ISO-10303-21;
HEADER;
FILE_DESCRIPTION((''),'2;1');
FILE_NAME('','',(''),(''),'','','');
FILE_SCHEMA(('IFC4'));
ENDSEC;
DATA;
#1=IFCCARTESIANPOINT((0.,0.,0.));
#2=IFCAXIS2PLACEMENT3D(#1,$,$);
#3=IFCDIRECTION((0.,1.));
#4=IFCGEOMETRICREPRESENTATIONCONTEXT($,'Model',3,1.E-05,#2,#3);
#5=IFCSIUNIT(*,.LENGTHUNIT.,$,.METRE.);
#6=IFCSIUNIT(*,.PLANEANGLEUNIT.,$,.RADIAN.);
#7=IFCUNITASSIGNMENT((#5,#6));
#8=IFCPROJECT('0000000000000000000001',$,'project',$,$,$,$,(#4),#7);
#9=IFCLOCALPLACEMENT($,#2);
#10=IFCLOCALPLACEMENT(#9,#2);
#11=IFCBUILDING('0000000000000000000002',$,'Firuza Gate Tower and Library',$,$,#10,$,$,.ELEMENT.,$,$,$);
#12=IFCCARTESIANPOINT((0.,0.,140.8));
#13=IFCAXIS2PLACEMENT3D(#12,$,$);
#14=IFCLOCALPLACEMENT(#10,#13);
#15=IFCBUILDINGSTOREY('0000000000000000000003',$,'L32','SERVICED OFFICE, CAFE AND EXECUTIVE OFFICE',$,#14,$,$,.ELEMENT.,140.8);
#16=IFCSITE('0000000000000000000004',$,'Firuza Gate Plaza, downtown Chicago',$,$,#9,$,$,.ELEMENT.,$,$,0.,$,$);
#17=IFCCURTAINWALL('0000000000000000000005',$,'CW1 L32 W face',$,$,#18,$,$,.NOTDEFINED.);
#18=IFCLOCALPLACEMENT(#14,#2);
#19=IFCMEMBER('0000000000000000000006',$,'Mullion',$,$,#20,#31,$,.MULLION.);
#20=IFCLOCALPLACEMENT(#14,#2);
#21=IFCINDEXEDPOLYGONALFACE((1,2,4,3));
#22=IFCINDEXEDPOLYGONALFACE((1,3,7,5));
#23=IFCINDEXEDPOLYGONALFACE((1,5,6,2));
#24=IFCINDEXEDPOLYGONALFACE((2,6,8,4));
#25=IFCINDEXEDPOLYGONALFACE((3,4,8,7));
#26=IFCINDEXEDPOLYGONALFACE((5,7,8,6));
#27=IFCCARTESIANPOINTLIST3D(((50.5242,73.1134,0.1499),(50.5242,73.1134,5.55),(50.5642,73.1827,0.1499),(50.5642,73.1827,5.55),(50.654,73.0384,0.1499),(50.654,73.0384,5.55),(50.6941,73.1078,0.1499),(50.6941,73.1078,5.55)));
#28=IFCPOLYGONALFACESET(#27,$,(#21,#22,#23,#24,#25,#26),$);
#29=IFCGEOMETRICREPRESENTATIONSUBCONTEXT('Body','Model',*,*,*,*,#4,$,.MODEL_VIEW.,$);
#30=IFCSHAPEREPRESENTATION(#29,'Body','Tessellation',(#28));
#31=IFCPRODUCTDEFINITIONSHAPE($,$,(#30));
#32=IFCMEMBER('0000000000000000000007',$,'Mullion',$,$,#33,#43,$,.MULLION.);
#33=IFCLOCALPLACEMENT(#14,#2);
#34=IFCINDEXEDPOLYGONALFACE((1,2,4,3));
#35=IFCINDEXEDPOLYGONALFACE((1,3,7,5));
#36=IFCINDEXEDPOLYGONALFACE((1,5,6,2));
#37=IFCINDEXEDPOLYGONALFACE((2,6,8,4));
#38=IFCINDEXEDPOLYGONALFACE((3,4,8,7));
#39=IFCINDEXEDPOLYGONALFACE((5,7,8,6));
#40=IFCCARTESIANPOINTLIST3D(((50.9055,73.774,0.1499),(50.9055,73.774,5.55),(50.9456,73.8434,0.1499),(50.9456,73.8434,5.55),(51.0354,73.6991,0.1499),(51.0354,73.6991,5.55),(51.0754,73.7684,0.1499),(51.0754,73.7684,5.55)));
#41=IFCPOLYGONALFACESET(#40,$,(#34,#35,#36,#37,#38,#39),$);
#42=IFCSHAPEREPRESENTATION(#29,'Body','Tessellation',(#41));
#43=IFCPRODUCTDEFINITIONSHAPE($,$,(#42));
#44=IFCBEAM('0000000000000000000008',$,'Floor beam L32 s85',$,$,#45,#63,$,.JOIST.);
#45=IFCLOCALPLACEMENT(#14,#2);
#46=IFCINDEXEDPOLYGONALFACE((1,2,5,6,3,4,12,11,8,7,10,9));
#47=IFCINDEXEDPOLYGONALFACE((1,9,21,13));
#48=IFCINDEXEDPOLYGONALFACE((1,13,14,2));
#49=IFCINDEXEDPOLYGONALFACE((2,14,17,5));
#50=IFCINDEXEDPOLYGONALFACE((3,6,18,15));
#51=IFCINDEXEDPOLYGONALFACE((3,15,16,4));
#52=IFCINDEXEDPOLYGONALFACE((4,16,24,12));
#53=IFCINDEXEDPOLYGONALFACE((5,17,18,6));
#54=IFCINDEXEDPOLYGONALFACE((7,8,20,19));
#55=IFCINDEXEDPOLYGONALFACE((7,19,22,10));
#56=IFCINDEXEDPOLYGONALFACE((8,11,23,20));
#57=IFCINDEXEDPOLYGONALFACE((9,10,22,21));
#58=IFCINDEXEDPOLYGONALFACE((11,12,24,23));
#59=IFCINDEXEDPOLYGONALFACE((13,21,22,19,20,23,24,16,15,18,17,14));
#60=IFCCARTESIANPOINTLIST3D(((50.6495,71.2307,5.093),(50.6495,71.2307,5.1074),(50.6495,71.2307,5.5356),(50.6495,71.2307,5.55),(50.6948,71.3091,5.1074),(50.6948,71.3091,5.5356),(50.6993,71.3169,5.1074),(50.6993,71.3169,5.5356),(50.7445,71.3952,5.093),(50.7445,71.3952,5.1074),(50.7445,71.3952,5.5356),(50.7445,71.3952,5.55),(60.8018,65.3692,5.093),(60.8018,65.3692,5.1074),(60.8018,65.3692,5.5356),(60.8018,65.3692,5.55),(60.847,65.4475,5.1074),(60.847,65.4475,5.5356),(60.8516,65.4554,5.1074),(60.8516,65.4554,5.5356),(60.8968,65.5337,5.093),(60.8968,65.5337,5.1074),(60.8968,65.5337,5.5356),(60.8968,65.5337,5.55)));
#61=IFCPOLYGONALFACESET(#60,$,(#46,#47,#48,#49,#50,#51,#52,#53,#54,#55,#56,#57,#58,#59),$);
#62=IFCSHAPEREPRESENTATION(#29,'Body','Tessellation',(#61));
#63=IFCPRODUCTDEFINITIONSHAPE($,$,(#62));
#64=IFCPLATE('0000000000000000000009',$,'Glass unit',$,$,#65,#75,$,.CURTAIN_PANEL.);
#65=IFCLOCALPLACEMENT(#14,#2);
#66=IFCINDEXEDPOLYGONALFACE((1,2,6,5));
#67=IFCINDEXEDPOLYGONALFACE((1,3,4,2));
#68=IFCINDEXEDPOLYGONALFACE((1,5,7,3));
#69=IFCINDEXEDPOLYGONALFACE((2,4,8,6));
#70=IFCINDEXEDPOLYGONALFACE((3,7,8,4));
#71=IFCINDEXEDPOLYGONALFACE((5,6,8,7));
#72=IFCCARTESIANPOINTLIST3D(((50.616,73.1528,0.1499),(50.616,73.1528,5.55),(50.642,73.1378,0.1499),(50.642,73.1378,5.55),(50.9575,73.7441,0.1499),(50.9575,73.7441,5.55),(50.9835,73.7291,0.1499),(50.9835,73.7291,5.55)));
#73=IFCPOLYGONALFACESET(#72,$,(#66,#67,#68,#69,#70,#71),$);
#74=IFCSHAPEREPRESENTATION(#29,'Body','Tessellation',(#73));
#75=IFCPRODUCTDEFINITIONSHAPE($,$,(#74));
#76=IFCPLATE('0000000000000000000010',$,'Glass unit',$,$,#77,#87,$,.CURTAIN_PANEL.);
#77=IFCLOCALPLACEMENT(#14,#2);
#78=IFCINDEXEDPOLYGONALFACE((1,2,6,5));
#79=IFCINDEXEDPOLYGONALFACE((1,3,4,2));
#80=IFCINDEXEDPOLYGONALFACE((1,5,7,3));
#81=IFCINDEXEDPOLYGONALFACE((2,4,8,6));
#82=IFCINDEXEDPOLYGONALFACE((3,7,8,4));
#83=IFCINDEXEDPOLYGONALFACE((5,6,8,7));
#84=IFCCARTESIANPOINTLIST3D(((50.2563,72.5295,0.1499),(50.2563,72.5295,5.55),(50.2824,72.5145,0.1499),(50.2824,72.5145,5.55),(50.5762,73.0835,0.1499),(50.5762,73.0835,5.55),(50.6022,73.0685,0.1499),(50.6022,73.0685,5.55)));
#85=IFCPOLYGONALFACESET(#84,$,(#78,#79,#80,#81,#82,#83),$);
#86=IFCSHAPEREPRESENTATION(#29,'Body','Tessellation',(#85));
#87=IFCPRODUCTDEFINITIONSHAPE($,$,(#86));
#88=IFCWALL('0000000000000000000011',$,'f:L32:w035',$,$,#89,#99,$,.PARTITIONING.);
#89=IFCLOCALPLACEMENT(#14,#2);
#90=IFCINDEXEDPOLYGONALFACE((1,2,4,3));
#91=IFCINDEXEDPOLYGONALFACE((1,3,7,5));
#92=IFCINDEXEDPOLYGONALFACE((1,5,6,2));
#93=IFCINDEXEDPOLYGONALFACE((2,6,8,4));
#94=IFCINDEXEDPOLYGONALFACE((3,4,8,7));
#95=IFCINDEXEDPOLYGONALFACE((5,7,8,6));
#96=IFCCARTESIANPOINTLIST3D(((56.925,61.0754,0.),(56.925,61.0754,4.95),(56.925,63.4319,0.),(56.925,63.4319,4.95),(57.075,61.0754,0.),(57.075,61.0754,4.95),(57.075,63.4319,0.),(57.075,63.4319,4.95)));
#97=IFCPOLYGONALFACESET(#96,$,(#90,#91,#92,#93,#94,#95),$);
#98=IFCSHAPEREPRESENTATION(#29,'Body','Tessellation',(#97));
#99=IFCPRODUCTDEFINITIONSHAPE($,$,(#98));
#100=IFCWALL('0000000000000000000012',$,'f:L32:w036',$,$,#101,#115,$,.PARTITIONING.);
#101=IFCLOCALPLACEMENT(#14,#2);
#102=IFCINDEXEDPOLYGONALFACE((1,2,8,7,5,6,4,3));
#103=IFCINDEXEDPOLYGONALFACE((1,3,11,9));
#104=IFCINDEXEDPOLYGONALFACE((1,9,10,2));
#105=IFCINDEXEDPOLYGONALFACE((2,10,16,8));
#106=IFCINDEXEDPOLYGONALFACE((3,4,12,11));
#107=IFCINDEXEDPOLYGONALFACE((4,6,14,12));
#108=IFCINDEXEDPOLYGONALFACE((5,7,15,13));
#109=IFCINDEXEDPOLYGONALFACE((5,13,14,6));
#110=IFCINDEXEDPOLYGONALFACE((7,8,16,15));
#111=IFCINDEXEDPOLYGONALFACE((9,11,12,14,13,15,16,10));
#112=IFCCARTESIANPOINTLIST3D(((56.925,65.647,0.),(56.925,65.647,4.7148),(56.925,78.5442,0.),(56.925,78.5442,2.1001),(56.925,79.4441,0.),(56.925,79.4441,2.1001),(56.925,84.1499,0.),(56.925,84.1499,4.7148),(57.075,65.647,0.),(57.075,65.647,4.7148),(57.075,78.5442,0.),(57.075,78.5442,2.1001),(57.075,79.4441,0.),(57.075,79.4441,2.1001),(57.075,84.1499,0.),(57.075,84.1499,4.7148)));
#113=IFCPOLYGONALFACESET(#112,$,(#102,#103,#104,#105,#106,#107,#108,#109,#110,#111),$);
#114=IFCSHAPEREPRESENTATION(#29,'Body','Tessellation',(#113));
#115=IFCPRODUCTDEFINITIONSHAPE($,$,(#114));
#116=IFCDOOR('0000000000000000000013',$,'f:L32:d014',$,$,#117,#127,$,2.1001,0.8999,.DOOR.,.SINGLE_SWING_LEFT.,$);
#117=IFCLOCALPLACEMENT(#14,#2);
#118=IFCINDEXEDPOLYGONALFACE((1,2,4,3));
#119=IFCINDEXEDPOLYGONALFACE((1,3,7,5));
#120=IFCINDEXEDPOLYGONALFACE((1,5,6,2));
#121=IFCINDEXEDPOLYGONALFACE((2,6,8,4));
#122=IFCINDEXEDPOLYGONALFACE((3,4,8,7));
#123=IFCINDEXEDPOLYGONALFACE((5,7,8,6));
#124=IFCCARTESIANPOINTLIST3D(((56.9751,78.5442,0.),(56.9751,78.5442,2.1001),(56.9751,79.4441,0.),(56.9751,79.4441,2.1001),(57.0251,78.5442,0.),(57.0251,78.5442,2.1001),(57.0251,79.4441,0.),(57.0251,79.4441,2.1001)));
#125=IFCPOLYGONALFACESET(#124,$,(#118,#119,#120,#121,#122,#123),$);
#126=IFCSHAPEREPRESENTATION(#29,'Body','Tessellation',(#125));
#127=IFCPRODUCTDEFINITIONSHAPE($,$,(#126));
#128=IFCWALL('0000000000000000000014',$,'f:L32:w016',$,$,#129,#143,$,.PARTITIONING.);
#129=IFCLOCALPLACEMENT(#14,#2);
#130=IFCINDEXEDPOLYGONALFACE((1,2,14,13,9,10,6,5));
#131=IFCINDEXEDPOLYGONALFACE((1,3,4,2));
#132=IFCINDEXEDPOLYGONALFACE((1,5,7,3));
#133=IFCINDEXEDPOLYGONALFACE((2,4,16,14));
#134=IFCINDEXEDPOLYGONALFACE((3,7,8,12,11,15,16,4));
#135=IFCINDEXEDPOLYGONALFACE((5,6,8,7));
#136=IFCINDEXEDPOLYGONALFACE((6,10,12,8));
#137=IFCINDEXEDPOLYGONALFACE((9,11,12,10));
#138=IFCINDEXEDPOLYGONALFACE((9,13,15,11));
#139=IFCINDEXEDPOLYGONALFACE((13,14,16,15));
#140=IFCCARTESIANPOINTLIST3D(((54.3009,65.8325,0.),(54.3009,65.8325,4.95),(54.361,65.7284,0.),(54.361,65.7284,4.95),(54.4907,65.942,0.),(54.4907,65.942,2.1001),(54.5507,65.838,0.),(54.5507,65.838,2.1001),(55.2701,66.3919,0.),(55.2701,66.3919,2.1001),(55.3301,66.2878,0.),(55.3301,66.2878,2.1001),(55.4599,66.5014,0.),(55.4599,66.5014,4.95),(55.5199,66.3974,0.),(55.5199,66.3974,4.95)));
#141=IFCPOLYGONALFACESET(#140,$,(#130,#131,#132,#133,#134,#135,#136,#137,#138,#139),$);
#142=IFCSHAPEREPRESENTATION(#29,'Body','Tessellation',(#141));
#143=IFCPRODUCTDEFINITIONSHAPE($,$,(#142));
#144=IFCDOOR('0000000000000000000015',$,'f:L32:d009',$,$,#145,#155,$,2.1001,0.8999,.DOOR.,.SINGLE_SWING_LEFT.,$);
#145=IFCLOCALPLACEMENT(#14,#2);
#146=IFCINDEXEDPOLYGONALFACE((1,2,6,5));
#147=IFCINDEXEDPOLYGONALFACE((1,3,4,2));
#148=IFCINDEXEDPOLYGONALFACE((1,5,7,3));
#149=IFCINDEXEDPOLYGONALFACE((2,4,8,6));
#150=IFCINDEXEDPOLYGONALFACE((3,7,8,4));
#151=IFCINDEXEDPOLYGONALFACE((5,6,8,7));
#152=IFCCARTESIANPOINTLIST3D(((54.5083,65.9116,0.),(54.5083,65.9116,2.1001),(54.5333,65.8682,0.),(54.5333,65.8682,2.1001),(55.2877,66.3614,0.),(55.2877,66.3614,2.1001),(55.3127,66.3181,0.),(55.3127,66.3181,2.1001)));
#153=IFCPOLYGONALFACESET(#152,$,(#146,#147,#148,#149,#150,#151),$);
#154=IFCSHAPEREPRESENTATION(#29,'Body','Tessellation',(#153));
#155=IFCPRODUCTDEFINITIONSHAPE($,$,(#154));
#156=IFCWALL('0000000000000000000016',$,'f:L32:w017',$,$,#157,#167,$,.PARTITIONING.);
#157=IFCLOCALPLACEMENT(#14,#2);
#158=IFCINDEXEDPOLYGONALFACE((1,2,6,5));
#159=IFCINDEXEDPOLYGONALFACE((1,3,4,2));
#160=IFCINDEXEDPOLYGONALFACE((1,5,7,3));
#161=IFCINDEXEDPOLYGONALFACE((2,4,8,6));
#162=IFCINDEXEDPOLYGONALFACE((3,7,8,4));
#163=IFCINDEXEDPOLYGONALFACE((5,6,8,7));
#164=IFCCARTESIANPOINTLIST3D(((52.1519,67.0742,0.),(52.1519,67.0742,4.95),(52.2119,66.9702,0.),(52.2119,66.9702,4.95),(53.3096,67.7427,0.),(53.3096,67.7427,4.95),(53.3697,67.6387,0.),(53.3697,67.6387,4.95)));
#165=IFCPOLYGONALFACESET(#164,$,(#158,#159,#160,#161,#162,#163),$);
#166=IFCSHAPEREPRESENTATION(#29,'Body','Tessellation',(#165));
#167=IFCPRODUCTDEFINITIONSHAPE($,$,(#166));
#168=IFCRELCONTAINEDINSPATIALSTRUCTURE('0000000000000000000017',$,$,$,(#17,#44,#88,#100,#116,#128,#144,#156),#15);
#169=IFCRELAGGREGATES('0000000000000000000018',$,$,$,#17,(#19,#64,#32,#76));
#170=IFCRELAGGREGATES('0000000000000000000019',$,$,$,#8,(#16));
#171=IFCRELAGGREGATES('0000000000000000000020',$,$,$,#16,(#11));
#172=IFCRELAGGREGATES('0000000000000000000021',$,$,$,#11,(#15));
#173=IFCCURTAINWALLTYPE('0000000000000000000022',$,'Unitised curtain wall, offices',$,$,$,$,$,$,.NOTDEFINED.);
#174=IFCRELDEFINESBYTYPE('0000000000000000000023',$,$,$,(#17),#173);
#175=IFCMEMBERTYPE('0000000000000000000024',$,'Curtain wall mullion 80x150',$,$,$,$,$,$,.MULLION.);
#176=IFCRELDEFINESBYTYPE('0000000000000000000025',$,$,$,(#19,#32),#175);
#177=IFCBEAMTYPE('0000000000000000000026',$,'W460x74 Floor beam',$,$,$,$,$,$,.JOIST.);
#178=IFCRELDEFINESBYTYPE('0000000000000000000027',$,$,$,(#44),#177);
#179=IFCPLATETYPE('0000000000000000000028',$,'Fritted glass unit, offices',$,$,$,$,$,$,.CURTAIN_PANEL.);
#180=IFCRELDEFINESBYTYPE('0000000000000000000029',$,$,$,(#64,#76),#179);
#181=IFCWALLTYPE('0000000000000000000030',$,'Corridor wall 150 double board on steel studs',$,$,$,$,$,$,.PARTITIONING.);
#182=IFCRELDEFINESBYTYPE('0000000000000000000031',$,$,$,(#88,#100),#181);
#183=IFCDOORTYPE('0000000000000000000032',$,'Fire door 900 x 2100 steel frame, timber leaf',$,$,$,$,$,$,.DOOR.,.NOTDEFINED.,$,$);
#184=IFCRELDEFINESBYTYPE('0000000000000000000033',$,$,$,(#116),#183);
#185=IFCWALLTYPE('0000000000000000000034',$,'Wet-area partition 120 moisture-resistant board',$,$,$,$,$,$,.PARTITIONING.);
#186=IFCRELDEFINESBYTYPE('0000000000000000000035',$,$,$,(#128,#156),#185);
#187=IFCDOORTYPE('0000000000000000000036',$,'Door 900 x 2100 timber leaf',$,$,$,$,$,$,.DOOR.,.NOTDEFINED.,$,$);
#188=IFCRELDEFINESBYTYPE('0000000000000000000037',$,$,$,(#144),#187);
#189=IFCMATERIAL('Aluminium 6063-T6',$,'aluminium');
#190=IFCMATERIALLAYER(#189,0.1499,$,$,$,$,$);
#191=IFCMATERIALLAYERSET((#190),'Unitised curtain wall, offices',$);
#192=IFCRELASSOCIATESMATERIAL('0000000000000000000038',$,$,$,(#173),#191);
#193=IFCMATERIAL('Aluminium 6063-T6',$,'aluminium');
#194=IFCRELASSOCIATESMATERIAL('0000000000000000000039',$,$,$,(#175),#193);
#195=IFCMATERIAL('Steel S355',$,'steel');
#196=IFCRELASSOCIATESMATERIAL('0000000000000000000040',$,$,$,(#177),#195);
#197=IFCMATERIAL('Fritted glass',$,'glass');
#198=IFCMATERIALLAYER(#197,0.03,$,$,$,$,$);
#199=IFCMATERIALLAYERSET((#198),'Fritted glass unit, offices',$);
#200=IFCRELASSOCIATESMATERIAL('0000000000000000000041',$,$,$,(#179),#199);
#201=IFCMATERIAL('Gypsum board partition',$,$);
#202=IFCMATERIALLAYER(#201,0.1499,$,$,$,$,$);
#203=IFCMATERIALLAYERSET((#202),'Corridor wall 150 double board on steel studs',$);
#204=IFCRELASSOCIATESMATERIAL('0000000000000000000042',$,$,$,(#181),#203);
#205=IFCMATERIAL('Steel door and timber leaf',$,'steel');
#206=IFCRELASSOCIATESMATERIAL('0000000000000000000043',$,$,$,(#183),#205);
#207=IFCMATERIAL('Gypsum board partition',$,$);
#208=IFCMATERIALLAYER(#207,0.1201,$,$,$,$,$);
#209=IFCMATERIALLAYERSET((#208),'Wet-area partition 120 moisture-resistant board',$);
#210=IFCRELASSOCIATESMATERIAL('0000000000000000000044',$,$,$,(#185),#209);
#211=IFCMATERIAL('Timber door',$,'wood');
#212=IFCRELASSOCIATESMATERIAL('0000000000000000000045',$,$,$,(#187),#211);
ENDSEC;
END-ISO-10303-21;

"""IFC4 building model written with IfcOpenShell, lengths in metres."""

from ifc_helpers import new_model, si_unit, direction, frame, frame_2d, origin, origin_2d, place, context, subcontext, project, spatial, polyline, rectangle, i_section, outline, extrude, material, layer, layer_set, material_profile, profile_set, type_object, element, fill, aggregate, save


model = new_model("IFC4")

# Units and contexts
model_context = context("Model", 3, precision=1e-05, world=origin(), true_north=direction((0.0, 1.0)))
body_context = subcontext(model_context, "Body", "Model", "MODEL_VIEW")
ifc_project = project(units=[si_unit("LENGTHUNIT", "METRE"), si_unit("PLANEANGLEUNIT", "RADIAN")], contexts=[model_context])

# Site, building, storey
site_placement = place(None, origin())
site = spatial("IfcSite", under=ifc_project, at=site_placement, Name="Firuza Gate Plaza, downtown Chicago", CompositionType="ELEMENT", RefElevation=0.0)
building_placement = place(site_placement, origin())
building = spatial("IfcBuilding", under=site, at=building_placement, Name="Firuza Gate Tower and Library", CompositionType="ELEMENT")
storey_placement = place(building_placement, frame((0.0, 0.0, 140.8)))
storey = spatial("IfcBuildingStorey", under=building, at=storey_placement, Name="L32", Description="SERVICED OFFICE, CAFE AND EXECUTIVE OFFICE", CompositionType="ELEMENT", Elevation=140.8)

# Curtain wall, members
ifc_material_1 = material(Name="Aluminium 6063-T6", Category="aluminium")
ifc_layer_1 = layer(ifc_material_1, 0.1499)
ifc_layer_set_1 = layer_set([ifc_layer_1], Name="Unitised curtain wall, offices")
curtain_wall_type = type_object("IfcCurtainWallType", Name="Unitised curtain wall, offices", PredefinedType="NOTDEFINED", material=ifc_layer_set_1)
curtain_wall_placement = place(storey_placement, origin())
curtain_wall = element("IfcCurtainWall", 1, at=curtain_wall_placement, inside=storey, type_object=curtain_wall_type, Name="CW1 L32 W face", PredefinedType="NOTDEFINED")
ifc_material_2 = material(Name="Aluminium 6063-T6", Category="aluminium")
ifc_material_profile_1 = material_profile(ifc_material_2, rectangle(XDim=0.1499, YDim=0.0801, at=origin_2d()))
ifc_profile_set_1 = profile_set([ifc_material_profile_1], Name="Aluminium 6063-T6")
member_type = type_object("IfcMemberType", Name="Curtain wall mullion 80x150", PredefinedType="MULLION", material=ifc_profile_set_1)
member_1_placement = place(storey_placement, frame((50.6091, 73.1106, 0.1499), z_axis=(0.0, 0.0, 1.0), x_axis=(0.866025, -0.5, 0.0)))
member_1 = element("IfcMember", 2, at=member_1_placement, type_object=member_type, Name="Mullion", PredefinedType="MULLION", context=body_context, shape_type="SweptSolid", body=[
    extrude(rectangle(XDim=0.1499, YDim=0.0801, at=origin_2d()), origin(), (0.0, 0.0, 1.0), 5.4001),
])
member_2_placement = place(storey_placement, frame((50.9905, 73.7712, 0.1499), z_axis=(0.0, 0.0, 1.0), x_axis=(0.866025, -0.5, 0.0)))
member_2 = element("IfcMember", 3, at=member_2_placement, type_object=member_type, Name="Mullion", PredefinedType="MULLION", context=body_context, shape_type="SweptSolid", body=[
    extrude(rectangle(XDim=0.1499, YDim=0.0801, at=origin_2d()), origin(), (0.0, 0.0, 1.0), 5.4001),
])

# Beam
ifc_material_3 = material(Name="Steel S355", Category="steel")
ifc_material_profile_2 = material_profile(ifc_material_3, i_section(OverallWidth=0.1899, OverallDepth=0.457, WebThickness=0.009, FlangeThickness=0.0144, at=origin_2d()))
ifc_profile_set_2 = profile_set([ifc_material_profile_2], Name="Steel S355")
beam_type = type_object("IfcBeamType", Name="W460x74 Floor beam", PredefinedType="JOIST", material=ifc_profile_set_2)
beam_placement = place(storey_placement, frame((50.697, 71.313, 5.3215), z_axis=(0.866021, -0.500007, 0.0), x_axis=(0.500007, 0.866021, 0.0)))
element("IfcBeam", 4, at=beam_placement, inside=storey, type_object=beam_type, Name="Floor beam L32 s85", PredefinedType="JOIST", context=body_context, shape_type="SweptSolid", body=[
    extrude(i_section(OverallWidth=0.1899, OverallDepth=0.457, WebThickness=0.009, FlangeThickness=0.0144, at=origin_2d()), origin(), (0.0, 0.0, 1.0), 11.7229),
])

# Plates
ifc_material_4 = material(Name="Fritted glass", Category="glass")
ifc_layer_2 = layer(ifc_material_4, 0.03)
ifc_layer_set_2 = layer_set([ifc_layer_2], Name="Fritted glass unit, offices")
plate_type = type_object("IfcPlateType", Name="Fritted glass unit, offices", PredefinedType="CURTAIN_PANEL", material=ifc_layer_set_2)
plate_1_placement = place(storey_placement, frame((50.9575, 73.7441, 0.1499), z_axis=(-0.865924, 0.500176, 0.0), x_axis=(-0.500176, -0.865924, 0.0)))
plate_1 = element("IfcPlate", 5, at=plate_1_placement, type_object=plate_type, Name="Glass unit", PredefinedType="CURTAIN_PANEL", context=body_context, shape_type="SweptSolid", body=[
    extrude(outline(polyline([(0.0, 0.0), (0.6829, 0.0), (0.6829, 5.4001), (0.0, 5.4001), (0.0, 0.0)])), origin(), (0.0, 0.0, -1.0), 0.03),
])
plate_2_placement = place(storey_placement, frame((50.5762, 73.0835, 0.1499), z_axis=(-0.866027, 0.499998, 0.0), x_axis=(-0.499998, -0.866027, 0.0)))
plate_2 = element("IfcPlate", 6, at=plate_2_placement, type_object=plate_type, Name="Glass unit", PredefinedType="CURTAIN_PANEL", context=body_context, shape_type="SweptSolid", body=[
    extrude(outline(polyline([(0.0, 0.0), (0.6397, 0.0), (0.6397, 5.4001), (0.0, 5.4001), (0.0, 0.0)])), origin(), (0.0, 0.0, -1.0), 0.03),
])
aggregate(curtain_wall, [member_1, plate_1, member_2, plate_2])

# Wall
ifc_material_5 = material(Name="Gypsum board partition")
ifc_layer_3 = layer(ifc_material_5, 0.1499)
ifc_layer_set_3 = layer_set([ifc_layer_3], Name="Corridor wall 150 double board on steel studs")
wall_type_1 = type_object("IfcWallType", Name="Corridor wall 150 double board on steel studs", PredefinedType="PARTITIONING", material=ifc_layer_set_3)
wall_1_placement = place(storey_placement, frame((57.0, 61.0754, 0.0), z_axis=(0.0, 0.0, 1.0), x_axis=(0.0, 1.0, 0.0)))
element("IfcWall", 7, at=wall_1_placement, inside=storey, type_object=wall_type_1, Name="f:L32:w035", PredefinedType="PARTITIONING", context=body_context, shape_type="SweptSolid", body=[
    extrude(rectangle(XDim=2.3564, YDim=0.1499, at=frame_2d((1.1782, 0.0))), origin(), (0.0, 0.0, 1.0), 4.95),
])

# Walls, openings, doors
wall_2_placement = place(storey_placement, frame((57.0, 65.647, 0.0), z_axis=(0.0, 0.0, 1.0), x_axis=(0.0, 1.0, 0.0)))
wall_2 = element("IfcWall", 8, at=wall_2_placement, inside=storey, type_object=wall_type_1, Name="f:L32:w036", PredefinedType="PARTITIONING", context=body_context, shape_type="SweptSolid", body=[
    extrude(rectangle(XDim=18.5029, YDim=0.1499, at=frame_2d((9.2515, 0.0))), origin(), (0.0, 0.0, 1.0), 4.7148),
])
opening_1_placement = place(wall_2_placement, frame((12.8972, 0.0, 0.0)))
opening_1 = element("IfcOpeningElement", 9, at=opening_1_placement, cuts=wall_2, PredefinedType="OPENING", context=body_context, shape_type="SweptSolid", body=[
    extrude(rectangle(XDim=0.8999, YDim=2.1001, at=frame_2d((0.45, 1.05))), frame((0.0, 0.085, 0.0), z_axis=(0.0, -1.0, 0.0), x_axis=(1.0, 0.0, 0.0)), (0.0, 0.0, 1.0), 0.1699),
])
ifc_material_6 = material(Name="Steel door and timber leaf", Category="steel")
door_type_1 = type_object("IfcDoorType", Name="Fire door 900 x 2100 steel frame, timber leaf", OperationType="NOTDEFINED", PredefinedType="DOOR", material=ifc_material_6)
door_1_placement = place(opening_1_placement, origin())
door_1 = element("IfcDoor", 10, at=door_1_placement, inside=storey, type_object=door_type_1, Name="f:L32:d014", OperationType="SINGLE_SWING_LEFT", OverallHeight=2.1001, OverallWidth=0.8999, PredefinedType="DOOR", context=body_context, shape_type="SweptSolid", body=[
    extrude(rectangle(XDim=0.8999, YDim=2.1001, at=frame_2d((0.45, 1.05))), frame((0.0, 0.0249, 0.0), z_axis=(0.0, -1.0, 0.0), x_axis=(1.0, 0.0, 0.0)), (0.0, 0.0, 1.0), 0.05),
])
fill(opening_1, door_1)
ifc_material_7 = material(Name="Gypsum board partition")
ifc_layer_4 = layer(ifc_material_7, 0.1201)
ifc_layer_set_4 = layer_set([ifc_layer_4], Name="Wet-area partition 120 moisture-resistant board")
wall_type_2 = type_object("IfcWallType", Name="Wet-area partition 120 moisture-resistant board", PredefinedType="PARTITIONING", material=ifc_layer_set_4)
wall_3_placement = place(storey_placement, frame((54.3311, 65.7805, 0.0), z_axis=(0.0, 0.0, 1.0), x_axis=(0.866079, 0.499907, 0.0)))
wall_3 = element("IfcWall", 11, at=wall_3_placement, inside=storey, type_object=wall_type_2, Name="f:L32:w016", PredefinedType="PARTITIONING", context=body_context, shape_type="SweptSolid", body=[
    extrude(rectangle(XDim=1.3381, YDim=0.1201, at=frame_2d((0.6689, 0.0))), origin(), (0.0, 0.0, 1.0), 4.95),
])
opening_2_placement = place(wall_3_placement, frame((0.219, 0.0, 0.0)))
opening_2 = element("IfcOpeningElement", 12, at=opening_2_placement, cuts=wall_3, PredefinedType="OPENING", context=body_context, shape_type="SweptSolid", body=[
    extrude(rectangle(XDim=0.8999, YDim=2.1001, at=frame_2d((0.45, 1.05))), frame((0.0, 0.0701, 0.0), z_axis=(0.0, -1.0, 0.0), x_axis=(1.0, 0.0, 0.0)), (0.0, 0.0, 1.0), 0.1401),
])
ifc_material_8 = material(Name="Timber door", Category="wood")
door_type_2 = type_object("IfcDoorType", Name="Door 900 x 2100 timber leaf", OperationType="NOTDEFINED", PredefinedType="DOOR", material=ifc_material_8)
door_2_placement = place(opening_2_placement, origin())
door_2 = element("IfcDoor", 13, at=door_2_placement, inside=storey, type_object=door_type_2, Name="f:L32:d009", OperationType="SINGLE_SWING_LEFT", OverallHeight=2.1001, OverallWidth=0.8999, PredefinedType="DOOR", context=body_context, shape_type="SweptSolid", body=[
    extrude(rectangle(XDim=0.8999, YDim=2.1001, at=frame_2d((0.45, 1.05))), frame((0.0, 0.0249, 0.0), z_axis=(0.0, -1.0, 0.0), x_axis=(1.0, 0.0, 0.0)), (0.0, 0.0, 1.0), 0.05),
])
fill(opening_2, door_2)

# Wall
wall_4_placement = place(storey_placement, frame((52.1819, 67.0222, 0.0), z_axis=(0.0, 0.0, 1.0), x_axis=(0.866009, 0.500028, 0.0)))
element("IfcWall", 14, at=wall_4_placement, inside=storey, type_object=wall_type_2, Name="f:L32:w017", PredefinedType="PARTITIONING", context=body_context, shape_type="SweptSolid", body=[
    extrude(rectangle(XDim=1.3369, YDim=0.1201, at=frame_2d((0.6685, 0.0))), origin(), (0.0, 0.0, 1.0), 4.95),
])

save(model, "model.ifc")
